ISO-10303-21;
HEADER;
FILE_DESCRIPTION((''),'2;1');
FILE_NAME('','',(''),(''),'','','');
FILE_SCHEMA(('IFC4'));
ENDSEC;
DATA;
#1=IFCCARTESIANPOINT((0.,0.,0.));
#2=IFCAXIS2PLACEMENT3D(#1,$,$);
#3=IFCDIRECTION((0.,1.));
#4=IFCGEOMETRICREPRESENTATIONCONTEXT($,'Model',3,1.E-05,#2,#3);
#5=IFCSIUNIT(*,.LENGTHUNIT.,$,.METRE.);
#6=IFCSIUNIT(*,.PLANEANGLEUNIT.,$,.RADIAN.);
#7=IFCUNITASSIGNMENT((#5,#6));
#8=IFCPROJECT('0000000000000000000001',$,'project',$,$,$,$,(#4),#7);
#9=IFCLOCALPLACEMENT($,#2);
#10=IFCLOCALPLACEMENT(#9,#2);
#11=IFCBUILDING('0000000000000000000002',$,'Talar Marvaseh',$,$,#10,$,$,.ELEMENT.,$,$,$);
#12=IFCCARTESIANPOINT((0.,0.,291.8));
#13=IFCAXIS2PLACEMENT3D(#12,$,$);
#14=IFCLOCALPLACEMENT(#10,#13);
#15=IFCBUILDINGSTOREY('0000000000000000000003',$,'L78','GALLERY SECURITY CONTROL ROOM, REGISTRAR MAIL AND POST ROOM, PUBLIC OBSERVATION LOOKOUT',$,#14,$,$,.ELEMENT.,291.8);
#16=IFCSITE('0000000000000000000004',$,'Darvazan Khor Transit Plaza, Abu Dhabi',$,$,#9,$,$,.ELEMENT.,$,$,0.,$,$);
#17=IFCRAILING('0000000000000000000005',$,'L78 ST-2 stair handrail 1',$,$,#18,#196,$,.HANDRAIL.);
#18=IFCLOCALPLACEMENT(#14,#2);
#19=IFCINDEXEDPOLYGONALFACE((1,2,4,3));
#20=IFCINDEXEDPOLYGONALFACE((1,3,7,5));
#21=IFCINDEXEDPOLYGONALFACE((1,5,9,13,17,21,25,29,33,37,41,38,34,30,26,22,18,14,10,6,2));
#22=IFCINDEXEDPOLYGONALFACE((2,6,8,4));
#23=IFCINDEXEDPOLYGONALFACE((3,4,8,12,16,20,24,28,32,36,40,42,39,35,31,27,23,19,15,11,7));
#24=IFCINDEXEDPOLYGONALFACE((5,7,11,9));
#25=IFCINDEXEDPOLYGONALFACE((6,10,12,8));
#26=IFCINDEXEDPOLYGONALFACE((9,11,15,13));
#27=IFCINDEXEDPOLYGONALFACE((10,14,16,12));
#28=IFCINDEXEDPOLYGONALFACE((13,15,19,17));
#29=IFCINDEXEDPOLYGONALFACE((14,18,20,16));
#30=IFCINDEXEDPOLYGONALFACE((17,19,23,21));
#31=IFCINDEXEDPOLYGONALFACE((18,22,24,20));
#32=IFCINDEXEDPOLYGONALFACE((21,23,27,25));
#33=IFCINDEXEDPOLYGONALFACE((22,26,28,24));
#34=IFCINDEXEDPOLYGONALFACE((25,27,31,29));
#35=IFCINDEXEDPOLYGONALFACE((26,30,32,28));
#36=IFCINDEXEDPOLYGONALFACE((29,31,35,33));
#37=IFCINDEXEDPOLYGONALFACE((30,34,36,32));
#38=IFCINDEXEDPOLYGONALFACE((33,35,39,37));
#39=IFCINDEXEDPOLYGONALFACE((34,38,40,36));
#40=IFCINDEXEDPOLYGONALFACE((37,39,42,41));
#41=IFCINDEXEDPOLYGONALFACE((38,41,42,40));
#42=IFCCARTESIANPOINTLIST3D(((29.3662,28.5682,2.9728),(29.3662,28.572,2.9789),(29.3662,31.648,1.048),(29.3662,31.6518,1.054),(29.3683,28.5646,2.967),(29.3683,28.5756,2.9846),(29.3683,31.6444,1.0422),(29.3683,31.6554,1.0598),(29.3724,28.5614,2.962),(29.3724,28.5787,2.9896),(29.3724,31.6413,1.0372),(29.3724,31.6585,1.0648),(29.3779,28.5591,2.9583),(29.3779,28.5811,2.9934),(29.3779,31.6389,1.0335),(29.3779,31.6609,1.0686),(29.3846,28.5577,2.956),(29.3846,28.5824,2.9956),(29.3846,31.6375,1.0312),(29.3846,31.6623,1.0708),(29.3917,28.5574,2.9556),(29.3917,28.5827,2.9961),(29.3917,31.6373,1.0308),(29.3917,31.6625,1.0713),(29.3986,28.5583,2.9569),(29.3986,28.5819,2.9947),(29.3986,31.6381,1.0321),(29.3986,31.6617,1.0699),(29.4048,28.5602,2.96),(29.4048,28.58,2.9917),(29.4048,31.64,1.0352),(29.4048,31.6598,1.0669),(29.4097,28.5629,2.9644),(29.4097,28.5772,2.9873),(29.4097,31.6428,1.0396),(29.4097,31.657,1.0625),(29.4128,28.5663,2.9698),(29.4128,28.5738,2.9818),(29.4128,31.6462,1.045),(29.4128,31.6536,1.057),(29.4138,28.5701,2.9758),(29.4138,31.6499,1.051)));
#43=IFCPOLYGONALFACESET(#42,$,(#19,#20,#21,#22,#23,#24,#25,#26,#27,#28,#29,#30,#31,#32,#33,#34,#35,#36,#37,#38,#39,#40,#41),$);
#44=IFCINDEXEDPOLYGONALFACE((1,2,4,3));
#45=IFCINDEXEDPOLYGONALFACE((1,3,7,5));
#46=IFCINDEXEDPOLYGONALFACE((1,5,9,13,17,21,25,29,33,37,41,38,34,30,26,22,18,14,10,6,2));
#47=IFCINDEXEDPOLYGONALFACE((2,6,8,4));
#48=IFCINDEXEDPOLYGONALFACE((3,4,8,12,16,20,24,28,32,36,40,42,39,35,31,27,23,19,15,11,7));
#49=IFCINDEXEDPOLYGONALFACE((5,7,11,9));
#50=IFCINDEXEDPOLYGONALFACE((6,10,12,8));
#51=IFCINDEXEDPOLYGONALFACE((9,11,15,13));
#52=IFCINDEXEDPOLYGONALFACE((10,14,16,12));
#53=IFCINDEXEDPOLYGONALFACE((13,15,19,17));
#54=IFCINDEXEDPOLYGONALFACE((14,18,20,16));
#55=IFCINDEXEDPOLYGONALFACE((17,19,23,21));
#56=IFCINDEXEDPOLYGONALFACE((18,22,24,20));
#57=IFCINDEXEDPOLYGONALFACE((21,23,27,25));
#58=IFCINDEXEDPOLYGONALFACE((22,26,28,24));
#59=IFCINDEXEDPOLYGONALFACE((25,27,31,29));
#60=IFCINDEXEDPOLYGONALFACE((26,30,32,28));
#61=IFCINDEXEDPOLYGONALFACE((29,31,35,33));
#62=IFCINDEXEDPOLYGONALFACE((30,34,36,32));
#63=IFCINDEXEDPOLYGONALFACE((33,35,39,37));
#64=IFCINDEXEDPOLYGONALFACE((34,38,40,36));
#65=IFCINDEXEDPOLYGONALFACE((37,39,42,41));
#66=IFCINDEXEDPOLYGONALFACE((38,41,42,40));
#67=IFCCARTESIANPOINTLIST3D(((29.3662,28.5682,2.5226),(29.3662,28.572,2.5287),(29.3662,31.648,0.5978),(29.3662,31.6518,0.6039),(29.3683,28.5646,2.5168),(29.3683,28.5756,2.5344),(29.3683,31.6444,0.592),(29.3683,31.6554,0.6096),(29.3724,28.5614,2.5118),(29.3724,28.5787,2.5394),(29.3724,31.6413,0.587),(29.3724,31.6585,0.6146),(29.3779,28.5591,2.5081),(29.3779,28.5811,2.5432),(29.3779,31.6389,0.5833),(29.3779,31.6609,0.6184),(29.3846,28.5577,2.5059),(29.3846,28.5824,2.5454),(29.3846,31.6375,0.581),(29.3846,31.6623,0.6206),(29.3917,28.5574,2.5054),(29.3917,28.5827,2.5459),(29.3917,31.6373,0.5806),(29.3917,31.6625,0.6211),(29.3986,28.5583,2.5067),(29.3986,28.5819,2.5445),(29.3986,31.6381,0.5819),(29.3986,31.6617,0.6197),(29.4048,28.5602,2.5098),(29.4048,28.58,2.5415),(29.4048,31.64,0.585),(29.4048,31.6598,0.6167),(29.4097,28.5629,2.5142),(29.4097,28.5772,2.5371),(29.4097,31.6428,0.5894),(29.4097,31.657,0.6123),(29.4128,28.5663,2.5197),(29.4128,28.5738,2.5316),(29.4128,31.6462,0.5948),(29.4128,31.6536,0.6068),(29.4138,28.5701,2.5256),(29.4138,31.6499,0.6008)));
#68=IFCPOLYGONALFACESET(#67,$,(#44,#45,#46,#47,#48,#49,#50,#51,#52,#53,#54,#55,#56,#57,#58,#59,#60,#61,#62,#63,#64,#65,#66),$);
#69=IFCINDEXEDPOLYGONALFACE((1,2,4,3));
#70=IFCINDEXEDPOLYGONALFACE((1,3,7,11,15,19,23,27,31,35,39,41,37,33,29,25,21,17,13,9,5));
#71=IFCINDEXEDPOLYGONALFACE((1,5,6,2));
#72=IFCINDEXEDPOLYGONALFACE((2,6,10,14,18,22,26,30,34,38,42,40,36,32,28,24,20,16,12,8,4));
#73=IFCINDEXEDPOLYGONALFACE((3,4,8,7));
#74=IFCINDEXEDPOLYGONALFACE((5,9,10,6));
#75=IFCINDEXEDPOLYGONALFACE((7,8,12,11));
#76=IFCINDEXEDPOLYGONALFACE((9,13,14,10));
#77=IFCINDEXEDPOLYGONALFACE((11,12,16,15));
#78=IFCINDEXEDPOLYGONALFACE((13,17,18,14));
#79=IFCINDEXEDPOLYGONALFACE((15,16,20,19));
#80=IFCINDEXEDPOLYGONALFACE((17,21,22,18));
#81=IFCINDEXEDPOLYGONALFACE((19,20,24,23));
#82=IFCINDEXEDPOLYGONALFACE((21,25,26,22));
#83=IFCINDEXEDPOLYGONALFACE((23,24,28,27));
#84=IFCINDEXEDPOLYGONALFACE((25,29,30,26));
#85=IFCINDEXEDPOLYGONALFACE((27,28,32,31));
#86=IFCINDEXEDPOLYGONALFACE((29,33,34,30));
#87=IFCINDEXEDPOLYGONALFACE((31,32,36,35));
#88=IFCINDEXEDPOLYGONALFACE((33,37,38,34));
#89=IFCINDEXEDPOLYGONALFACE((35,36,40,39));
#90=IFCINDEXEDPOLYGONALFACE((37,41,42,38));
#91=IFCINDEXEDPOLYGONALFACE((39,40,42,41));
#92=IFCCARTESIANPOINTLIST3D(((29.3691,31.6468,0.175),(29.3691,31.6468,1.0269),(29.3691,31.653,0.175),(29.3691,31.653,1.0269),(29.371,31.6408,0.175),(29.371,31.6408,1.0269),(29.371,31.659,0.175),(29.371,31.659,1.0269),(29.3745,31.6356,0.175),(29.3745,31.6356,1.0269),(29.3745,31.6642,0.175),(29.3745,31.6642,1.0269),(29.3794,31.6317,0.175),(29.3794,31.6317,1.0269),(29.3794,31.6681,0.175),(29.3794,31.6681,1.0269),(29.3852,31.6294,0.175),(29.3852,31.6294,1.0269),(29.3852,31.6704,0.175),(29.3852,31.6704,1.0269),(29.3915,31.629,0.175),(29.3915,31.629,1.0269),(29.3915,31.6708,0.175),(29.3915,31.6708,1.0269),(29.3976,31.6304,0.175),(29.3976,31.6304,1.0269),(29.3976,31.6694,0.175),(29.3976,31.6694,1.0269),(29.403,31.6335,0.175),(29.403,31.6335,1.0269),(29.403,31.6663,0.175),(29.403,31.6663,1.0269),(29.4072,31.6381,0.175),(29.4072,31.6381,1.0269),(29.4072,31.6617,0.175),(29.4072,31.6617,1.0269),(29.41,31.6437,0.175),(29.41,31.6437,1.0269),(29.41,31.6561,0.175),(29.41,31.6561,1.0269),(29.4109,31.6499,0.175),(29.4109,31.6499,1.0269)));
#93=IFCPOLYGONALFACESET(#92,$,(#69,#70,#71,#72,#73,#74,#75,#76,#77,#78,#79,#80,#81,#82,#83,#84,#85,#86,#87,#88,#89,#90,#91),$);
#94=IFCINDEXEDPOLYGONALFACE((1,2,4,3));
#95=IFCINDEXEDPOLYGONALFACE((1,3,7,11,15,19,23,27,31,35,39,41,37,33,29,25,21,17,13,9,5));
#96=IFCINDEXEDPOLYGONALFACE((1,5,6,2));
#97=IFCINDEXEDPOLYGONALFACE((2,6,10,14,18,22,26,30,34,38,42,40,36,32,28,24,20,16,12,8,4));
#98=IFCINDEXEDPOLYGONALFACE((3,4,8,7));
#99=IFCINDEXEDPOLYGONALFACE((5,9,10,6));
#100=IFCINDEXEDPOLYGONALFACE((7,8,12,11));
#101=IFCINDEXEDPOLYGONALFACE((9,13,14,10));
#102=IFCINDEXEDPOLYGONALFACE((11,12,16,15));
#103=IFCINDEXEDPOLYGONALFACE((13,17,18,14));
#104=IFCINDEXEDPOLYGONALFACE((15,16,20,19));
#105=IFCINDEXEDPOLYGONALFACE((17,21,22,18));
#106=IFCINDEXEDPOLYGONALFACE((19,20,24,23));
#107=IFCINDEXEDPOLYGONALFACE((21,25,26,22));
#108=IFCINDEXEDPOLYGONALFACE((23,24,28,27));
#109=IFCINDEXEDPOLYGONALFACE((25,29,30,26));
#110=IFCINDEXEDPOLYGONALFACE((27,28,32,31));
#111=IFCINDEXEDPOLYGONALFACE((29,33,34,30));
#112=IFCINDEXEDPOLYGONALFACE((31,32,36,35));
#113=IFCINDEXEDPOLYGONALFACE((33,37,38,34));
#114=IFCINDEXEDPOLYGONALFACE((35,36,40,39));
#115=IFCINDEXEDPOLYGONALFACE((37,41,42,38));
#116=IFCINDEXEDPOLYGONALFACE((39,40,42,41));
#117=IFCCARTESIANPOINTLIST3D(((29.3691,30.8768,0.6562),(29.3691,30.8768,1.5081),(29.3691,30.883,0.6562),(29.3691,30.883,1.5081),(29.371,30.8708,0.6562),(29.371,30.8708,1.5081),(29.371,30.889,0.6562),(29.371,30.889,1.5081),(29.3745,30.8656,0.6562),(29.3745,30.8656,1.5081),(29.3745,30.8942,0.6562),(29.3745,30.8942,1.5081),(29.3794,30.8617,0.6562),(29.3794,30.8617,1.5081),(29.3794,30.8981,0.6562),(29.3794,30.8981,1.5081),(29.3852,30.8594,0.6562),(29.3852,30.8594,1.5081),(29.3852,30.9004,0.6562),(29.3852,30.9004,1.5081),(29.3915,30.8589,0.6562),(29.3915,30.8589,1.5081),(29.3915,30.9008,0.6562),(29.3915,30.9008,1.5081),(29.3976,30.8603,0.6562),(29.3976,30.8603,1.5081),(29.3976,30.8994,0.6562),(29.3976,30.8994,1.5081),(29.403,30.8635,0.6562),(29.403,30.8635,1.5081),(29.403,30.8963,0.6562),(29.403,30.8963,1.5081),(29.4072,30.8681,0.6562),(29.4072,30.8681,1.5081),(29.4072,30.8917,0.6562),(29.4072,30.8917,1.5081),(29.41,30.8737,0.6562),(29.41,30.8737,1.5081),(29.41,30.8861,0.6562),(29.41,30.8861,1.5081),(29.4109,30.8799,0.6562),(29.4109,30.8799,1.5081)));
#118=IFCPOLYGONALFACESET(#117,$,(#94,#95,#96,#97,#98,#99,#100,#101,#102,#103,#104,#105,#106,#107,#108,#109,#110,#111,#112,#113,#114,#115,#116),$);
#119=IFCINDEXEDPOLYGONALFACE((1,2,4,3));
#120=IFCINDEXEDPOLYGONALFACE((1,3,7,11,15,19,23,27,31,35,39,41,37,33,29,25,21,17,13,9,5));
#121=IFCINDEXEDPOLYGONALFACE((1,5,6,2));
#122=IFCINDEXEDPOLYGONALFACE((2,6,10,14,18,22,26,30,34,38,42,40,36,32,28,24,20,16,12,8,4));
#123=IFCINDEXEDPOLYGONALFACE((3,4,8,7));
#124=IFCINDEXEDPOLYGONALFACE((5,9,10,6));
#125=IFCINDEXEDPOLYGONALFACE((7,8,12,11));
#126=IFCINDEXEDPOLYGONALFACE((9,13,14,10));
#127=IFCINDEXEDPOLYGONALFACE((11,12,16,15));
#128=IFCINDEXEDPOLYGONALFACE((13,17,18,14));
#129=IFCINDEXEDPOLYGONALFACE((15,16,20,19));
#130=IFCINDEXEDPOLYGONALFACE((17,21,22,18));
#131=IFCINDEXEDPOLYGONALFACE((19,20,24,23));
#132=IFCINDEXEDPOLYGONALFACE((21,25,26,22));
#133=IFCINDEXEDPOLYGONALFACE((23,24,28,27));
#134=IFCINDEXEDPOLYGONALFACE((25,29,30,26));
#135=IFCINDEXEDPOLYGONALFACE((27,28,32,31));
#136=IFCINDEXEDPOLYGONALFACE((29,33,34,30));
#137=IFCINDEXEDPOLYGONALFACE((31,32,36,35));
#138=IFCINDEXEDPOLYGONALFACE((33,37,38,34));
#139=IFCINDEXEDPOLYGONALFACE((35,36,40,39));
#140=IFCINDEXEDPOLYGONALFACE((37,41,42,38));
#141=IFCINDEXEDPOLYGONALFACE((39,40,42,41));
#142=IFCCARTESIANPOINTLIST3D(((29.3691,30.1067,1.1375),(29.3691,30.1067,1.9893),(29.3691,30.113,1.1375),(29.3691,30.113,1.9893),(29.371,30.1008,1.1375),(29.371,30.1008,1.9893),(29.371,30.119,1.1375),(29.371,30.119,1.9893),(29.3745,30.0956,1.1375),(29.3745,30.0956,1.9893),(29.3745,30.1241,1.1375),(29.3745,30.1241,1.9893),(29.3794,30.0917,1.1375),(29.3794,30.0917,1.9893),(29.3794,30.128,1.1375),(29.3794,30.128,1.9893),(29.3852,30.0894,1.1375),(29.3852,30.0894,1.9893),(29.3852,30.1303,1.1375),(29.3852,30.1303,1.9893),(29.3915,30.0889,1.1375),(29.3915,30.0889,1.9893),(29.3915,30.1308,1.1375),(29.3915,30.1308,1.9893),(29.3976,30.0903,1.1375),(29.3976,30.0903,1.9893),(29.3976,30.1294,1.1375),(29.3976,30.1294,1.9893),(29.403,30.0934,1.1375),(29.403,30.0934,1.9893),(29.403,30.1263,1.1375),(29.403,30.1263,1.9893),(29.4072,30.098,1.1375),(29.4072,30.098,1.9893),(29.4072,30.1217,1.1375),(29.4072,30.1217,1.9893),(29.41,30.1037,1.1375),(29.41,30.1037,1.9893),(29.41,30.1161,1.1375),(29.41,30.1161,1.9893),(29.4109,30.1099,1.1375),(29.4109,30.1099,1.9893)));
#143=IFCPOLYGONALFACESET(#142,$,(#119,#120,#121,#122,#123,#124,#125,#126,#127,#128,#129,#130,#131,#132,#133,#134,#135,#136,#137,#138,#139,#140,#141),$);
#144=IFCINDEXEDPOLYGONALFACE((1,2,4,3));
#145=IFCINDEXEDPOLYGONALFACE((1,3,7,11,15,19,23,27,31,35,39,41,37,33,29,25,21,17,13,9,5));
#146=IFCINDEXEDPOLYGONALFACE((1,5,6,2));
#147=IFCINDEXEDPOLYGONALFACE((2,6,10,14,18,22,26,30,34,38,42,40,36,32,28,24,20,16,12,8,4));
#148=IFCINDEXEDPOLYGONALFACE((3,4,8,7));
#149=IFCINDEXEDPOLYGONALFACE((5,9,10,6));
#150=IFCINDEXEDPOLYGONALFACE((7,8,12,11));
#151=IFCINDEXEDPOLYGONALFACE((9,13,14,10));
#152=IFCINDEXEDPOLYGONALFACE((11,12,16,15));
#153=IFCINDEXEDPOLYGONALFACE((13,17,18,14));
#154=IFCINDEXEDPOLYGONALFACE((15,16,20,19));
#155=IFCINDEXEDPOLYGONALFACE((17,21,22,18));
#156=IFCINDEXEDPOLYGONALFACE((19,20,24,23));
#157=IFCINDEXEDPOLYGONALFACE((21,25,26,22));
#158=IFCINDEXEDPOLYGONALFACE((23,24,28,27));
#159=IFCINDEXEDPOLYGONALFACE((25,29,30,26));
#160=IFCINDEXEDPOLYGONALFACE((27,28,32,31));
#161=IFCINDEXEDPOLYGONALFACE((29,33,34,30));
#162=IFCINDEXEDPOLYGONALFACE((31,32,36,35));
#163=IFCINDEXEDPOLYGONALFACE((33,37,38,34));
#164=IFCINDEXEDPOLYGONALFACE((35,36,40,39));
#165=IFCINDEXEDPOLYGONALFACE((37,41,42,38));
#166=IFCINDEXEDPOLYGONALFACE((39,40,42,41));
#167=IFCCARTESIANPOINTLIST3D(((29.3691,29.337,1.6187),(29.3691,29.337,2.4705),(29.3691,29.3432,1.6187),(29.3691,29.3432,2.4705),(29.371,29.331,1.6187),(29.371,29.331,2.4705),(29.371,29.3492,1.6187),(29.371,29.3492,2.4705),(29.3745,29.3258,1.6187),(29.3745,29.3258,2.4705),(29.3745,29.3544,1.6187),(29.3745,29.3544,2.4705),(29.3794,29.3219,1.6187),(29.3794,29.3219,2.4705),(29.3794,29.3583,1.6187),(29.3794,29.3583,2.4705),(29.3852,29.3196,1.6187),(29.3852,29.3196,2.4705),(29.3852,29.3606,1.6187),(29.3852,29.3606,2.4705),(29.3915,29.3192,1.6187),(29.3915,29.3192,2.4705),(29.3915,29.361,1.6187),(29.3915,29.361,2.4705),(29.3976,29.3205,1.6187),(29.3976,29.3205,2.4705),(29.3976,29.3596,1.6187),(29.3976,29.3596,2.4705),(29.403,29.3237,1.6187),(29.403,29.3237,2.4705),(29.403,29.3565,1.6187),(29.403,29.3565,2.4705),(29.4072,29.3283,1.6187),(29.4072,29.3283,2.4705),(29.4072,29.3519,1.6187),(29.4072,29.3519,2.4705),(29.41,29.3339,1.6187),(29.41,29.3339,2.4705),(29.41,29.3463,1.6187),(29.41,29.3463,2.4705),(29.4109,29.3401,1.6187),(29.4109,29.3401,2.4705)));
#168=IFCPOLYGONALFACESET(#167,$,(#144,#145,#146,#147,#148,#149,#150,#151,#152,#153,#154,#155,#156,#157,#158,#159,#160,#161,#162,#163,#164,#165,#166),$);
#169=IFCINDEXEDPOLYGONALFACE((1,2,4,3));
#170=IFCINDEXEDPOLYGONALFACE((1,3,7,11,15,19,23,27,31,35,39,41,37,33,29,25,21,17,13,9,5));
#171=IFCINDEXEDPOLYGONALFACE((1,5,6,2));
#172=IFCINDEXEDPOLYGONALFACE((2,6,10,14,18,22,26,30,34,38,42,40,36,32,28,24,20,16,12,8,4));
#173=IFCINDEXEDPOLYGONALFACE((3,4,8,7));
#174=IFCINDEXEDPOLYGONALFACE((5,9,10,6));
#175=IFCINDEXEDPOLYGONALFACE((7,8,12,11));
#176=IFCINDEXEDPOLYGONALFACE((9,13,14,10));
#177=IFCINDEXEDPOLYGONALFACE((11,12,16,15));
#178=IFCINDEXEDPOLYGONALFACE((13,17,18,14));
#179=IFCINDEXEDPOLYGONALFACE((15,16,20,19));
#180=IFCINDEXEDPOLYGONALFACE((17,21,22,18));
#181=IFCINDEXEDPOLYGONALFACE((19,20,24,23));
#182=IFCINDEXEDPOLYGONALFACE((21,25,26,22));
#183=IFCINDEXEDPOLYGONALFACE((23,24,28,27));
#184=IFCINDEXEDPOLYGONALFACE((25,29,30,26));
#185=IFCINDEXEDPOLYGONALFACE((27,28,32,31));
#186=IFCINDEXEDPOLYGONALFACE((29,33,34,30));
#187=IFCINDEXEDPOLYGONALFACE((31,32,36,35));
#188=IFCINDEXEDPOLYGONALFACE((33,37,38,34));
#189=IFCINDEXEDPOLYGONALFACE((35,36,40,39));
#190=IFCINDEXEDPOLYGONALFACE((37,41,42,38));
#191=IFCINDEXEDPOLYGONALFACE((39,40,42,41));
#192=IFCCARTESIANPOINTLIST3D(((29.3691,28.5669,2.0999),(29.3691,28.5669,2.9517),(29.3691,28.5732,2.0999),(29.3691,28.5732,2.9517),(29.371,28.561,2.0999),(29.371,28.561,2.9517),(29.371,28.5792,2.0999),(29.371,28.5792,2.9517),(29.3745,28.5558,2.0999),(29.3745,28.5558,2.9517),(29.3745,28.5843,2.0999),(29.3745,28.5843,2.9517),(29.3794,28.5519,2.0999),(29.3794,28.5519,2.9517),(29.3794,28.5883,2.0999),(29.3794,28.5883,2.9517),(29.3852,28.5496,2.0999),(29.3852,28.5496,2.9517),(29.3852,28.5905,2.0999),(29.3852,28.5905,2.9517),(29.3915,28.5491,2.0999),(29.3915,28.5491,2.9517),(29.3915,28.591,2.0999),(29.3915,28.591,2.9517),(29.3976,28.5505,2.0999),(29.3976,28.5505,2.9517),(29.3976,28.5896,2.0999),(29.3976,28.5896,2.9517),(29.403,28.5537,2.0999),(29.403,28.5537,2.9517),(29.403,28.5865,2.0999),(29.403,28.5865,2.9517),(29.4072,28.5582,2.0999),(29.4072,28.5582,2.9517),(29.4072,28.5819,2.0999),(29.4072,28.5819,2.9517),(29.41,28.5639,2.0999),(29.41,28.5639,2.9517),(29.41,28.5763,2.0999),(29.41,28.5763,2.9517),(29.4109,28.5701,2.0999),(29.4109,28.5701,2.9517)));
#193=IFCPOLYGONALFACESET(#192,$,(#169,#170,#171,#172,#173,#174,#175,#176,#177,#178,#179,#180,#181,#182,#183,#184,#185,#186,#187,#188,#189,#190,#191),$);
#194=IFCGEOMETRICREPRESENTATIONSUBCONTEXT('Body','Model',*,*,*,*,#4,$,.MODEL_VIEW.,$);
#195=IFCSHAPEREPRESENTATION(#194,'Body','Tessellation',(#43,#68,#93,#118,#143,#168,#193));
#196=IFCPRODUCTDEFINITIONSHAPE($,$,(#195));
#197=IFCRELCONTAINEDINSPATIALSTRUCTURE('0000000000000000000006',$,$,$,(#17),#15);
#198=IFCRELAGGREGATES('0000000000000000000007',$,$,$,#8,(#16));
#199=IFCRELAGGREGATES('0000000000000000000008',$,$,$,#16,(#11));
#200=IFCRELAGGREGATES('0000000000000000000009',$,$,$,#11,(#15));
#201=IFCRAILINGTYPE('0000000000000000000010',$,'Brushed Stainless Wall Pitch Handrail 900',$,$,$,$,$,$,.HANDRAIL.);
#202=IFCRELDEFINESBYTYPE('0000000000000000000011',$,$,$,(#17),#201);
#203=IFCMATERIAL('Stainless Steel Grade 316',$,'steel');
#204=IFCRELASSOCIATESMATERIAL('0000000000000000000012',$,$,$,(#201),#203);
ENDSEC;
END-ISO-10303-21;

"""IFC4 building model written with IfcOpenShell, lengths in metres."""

from ifc_helpers import new_model, si_unit, direction, frame, origin, origin_2d, place, context, subcontext, project, spatial, circle, extrude, material, type_object, element, save


model = new_model("IFC4")

# Units and contexts
model_context = context("Model", 3, precision=1e-05, world=origin(), true_north=direction((0.0, 1.0)))
body_context = subcontext(model_context, "Body", "Model", "MODEL_VIEW")
ifc_project = project(units=[si_unit("LENGTHUNIT", "METRE"), si_unit("PLANEANGLEUNIT", "RADIAN")], contexts=[model_context])

# Site, building, storey
site_placement = place(None, origin())
site = spatial("IfcSite", under=ifc_project, at=site_placement, Name="Darvazan Khor Transit Plaza, Abu Dhabi", CompositionType="ELEMENT", RefElevation=0.0)
building_placement = place(site_placement, origin())
building = spatial("IfcBuilding", under=site, at=building_placement, Name="Talar Marvaseh", CompositionType="ELEMENT")
storey_placement = place(building_placement, frame((0.0, 0.0, 291.8)))
storey = spatial("IfcBuildingStorey", under=building, at=storey_placement, Name="L78", Description="GALLERY SECURITY CONTROL ROOM, REGISTRAR MAIL AND POST ROOM, PUBLIC OBSERVATION LOOKOUT", CompositionType="ELEMENT", Elevation=291.8)

# Shared definitions
ifc_material_1 = material(Name="Stainless Steel Grade 316", Category="steel")

# Railing
railing_type_1 = type_object("IfcRailingType", Name="Brushed Stainless Wall Pitch Handrail 900", PredefinedType="HANDRAIL", material=ifc_material_1)
railing_1_placement = place(storey_placement, frame((29.3899, 31.6499, 0.175)))
element("IfcRailing", 1, at=railing_1_placement, inside=storey, type_object=railing_type_1, Name="L78 ST-2 stair handrail 1", PredefinedType="HANDRAIL", context=body_context, shape_type="SweptSolid", body=[
    extrude(circle(Radius=0.0239, at=origin_2d()), frame((0.0, 0.0, 0.876), z_axis=(0.0, -0.84801, 0.529981), x_axis=(1.0, 0.0, 0.0)), (0.0, 0.0, 1.0), 3.6318),
    extrude(circle(Radius=0.0239, at=origin_2d()), frame((0.0, 0.0, 0.4258), z_axis=(0.0, -0.84801, 0.529981), x_axis=(1.0, 0.0, 0.0)), (0.0, 0.0, 1.0), 3.6318),
    extrude(circle(Radius=0.021, at=origin_2d()), origin(), (0.0, 0.0, 1.0), 0.8518),
    extrude(circle(Radius=0.021, at=origin_2d()), frame((0.0, -0.77, 0.4812)), (0.0, 0.0, 1.0), 0.8518),
    extrude(circle(Radius=0.021, at=origin_2d()), frame((0.0, -1.54, 0.9624)), (0.0, 0.0, 1.0), 0.8518),
    extrude(circle(Radius=0.021, at=origin_2d()), frame((0.0, -2.3098, 1.4436)), (0.0, 0.0, 1.0), 0.8518),
    extrude(circle(Radius=0.021, at=origin_2d()), frame((0.0, -3.0798, 1.9248)), (0.0, 0.0, 1.0), 0.8518),
])

save(model, "model.ifc")
